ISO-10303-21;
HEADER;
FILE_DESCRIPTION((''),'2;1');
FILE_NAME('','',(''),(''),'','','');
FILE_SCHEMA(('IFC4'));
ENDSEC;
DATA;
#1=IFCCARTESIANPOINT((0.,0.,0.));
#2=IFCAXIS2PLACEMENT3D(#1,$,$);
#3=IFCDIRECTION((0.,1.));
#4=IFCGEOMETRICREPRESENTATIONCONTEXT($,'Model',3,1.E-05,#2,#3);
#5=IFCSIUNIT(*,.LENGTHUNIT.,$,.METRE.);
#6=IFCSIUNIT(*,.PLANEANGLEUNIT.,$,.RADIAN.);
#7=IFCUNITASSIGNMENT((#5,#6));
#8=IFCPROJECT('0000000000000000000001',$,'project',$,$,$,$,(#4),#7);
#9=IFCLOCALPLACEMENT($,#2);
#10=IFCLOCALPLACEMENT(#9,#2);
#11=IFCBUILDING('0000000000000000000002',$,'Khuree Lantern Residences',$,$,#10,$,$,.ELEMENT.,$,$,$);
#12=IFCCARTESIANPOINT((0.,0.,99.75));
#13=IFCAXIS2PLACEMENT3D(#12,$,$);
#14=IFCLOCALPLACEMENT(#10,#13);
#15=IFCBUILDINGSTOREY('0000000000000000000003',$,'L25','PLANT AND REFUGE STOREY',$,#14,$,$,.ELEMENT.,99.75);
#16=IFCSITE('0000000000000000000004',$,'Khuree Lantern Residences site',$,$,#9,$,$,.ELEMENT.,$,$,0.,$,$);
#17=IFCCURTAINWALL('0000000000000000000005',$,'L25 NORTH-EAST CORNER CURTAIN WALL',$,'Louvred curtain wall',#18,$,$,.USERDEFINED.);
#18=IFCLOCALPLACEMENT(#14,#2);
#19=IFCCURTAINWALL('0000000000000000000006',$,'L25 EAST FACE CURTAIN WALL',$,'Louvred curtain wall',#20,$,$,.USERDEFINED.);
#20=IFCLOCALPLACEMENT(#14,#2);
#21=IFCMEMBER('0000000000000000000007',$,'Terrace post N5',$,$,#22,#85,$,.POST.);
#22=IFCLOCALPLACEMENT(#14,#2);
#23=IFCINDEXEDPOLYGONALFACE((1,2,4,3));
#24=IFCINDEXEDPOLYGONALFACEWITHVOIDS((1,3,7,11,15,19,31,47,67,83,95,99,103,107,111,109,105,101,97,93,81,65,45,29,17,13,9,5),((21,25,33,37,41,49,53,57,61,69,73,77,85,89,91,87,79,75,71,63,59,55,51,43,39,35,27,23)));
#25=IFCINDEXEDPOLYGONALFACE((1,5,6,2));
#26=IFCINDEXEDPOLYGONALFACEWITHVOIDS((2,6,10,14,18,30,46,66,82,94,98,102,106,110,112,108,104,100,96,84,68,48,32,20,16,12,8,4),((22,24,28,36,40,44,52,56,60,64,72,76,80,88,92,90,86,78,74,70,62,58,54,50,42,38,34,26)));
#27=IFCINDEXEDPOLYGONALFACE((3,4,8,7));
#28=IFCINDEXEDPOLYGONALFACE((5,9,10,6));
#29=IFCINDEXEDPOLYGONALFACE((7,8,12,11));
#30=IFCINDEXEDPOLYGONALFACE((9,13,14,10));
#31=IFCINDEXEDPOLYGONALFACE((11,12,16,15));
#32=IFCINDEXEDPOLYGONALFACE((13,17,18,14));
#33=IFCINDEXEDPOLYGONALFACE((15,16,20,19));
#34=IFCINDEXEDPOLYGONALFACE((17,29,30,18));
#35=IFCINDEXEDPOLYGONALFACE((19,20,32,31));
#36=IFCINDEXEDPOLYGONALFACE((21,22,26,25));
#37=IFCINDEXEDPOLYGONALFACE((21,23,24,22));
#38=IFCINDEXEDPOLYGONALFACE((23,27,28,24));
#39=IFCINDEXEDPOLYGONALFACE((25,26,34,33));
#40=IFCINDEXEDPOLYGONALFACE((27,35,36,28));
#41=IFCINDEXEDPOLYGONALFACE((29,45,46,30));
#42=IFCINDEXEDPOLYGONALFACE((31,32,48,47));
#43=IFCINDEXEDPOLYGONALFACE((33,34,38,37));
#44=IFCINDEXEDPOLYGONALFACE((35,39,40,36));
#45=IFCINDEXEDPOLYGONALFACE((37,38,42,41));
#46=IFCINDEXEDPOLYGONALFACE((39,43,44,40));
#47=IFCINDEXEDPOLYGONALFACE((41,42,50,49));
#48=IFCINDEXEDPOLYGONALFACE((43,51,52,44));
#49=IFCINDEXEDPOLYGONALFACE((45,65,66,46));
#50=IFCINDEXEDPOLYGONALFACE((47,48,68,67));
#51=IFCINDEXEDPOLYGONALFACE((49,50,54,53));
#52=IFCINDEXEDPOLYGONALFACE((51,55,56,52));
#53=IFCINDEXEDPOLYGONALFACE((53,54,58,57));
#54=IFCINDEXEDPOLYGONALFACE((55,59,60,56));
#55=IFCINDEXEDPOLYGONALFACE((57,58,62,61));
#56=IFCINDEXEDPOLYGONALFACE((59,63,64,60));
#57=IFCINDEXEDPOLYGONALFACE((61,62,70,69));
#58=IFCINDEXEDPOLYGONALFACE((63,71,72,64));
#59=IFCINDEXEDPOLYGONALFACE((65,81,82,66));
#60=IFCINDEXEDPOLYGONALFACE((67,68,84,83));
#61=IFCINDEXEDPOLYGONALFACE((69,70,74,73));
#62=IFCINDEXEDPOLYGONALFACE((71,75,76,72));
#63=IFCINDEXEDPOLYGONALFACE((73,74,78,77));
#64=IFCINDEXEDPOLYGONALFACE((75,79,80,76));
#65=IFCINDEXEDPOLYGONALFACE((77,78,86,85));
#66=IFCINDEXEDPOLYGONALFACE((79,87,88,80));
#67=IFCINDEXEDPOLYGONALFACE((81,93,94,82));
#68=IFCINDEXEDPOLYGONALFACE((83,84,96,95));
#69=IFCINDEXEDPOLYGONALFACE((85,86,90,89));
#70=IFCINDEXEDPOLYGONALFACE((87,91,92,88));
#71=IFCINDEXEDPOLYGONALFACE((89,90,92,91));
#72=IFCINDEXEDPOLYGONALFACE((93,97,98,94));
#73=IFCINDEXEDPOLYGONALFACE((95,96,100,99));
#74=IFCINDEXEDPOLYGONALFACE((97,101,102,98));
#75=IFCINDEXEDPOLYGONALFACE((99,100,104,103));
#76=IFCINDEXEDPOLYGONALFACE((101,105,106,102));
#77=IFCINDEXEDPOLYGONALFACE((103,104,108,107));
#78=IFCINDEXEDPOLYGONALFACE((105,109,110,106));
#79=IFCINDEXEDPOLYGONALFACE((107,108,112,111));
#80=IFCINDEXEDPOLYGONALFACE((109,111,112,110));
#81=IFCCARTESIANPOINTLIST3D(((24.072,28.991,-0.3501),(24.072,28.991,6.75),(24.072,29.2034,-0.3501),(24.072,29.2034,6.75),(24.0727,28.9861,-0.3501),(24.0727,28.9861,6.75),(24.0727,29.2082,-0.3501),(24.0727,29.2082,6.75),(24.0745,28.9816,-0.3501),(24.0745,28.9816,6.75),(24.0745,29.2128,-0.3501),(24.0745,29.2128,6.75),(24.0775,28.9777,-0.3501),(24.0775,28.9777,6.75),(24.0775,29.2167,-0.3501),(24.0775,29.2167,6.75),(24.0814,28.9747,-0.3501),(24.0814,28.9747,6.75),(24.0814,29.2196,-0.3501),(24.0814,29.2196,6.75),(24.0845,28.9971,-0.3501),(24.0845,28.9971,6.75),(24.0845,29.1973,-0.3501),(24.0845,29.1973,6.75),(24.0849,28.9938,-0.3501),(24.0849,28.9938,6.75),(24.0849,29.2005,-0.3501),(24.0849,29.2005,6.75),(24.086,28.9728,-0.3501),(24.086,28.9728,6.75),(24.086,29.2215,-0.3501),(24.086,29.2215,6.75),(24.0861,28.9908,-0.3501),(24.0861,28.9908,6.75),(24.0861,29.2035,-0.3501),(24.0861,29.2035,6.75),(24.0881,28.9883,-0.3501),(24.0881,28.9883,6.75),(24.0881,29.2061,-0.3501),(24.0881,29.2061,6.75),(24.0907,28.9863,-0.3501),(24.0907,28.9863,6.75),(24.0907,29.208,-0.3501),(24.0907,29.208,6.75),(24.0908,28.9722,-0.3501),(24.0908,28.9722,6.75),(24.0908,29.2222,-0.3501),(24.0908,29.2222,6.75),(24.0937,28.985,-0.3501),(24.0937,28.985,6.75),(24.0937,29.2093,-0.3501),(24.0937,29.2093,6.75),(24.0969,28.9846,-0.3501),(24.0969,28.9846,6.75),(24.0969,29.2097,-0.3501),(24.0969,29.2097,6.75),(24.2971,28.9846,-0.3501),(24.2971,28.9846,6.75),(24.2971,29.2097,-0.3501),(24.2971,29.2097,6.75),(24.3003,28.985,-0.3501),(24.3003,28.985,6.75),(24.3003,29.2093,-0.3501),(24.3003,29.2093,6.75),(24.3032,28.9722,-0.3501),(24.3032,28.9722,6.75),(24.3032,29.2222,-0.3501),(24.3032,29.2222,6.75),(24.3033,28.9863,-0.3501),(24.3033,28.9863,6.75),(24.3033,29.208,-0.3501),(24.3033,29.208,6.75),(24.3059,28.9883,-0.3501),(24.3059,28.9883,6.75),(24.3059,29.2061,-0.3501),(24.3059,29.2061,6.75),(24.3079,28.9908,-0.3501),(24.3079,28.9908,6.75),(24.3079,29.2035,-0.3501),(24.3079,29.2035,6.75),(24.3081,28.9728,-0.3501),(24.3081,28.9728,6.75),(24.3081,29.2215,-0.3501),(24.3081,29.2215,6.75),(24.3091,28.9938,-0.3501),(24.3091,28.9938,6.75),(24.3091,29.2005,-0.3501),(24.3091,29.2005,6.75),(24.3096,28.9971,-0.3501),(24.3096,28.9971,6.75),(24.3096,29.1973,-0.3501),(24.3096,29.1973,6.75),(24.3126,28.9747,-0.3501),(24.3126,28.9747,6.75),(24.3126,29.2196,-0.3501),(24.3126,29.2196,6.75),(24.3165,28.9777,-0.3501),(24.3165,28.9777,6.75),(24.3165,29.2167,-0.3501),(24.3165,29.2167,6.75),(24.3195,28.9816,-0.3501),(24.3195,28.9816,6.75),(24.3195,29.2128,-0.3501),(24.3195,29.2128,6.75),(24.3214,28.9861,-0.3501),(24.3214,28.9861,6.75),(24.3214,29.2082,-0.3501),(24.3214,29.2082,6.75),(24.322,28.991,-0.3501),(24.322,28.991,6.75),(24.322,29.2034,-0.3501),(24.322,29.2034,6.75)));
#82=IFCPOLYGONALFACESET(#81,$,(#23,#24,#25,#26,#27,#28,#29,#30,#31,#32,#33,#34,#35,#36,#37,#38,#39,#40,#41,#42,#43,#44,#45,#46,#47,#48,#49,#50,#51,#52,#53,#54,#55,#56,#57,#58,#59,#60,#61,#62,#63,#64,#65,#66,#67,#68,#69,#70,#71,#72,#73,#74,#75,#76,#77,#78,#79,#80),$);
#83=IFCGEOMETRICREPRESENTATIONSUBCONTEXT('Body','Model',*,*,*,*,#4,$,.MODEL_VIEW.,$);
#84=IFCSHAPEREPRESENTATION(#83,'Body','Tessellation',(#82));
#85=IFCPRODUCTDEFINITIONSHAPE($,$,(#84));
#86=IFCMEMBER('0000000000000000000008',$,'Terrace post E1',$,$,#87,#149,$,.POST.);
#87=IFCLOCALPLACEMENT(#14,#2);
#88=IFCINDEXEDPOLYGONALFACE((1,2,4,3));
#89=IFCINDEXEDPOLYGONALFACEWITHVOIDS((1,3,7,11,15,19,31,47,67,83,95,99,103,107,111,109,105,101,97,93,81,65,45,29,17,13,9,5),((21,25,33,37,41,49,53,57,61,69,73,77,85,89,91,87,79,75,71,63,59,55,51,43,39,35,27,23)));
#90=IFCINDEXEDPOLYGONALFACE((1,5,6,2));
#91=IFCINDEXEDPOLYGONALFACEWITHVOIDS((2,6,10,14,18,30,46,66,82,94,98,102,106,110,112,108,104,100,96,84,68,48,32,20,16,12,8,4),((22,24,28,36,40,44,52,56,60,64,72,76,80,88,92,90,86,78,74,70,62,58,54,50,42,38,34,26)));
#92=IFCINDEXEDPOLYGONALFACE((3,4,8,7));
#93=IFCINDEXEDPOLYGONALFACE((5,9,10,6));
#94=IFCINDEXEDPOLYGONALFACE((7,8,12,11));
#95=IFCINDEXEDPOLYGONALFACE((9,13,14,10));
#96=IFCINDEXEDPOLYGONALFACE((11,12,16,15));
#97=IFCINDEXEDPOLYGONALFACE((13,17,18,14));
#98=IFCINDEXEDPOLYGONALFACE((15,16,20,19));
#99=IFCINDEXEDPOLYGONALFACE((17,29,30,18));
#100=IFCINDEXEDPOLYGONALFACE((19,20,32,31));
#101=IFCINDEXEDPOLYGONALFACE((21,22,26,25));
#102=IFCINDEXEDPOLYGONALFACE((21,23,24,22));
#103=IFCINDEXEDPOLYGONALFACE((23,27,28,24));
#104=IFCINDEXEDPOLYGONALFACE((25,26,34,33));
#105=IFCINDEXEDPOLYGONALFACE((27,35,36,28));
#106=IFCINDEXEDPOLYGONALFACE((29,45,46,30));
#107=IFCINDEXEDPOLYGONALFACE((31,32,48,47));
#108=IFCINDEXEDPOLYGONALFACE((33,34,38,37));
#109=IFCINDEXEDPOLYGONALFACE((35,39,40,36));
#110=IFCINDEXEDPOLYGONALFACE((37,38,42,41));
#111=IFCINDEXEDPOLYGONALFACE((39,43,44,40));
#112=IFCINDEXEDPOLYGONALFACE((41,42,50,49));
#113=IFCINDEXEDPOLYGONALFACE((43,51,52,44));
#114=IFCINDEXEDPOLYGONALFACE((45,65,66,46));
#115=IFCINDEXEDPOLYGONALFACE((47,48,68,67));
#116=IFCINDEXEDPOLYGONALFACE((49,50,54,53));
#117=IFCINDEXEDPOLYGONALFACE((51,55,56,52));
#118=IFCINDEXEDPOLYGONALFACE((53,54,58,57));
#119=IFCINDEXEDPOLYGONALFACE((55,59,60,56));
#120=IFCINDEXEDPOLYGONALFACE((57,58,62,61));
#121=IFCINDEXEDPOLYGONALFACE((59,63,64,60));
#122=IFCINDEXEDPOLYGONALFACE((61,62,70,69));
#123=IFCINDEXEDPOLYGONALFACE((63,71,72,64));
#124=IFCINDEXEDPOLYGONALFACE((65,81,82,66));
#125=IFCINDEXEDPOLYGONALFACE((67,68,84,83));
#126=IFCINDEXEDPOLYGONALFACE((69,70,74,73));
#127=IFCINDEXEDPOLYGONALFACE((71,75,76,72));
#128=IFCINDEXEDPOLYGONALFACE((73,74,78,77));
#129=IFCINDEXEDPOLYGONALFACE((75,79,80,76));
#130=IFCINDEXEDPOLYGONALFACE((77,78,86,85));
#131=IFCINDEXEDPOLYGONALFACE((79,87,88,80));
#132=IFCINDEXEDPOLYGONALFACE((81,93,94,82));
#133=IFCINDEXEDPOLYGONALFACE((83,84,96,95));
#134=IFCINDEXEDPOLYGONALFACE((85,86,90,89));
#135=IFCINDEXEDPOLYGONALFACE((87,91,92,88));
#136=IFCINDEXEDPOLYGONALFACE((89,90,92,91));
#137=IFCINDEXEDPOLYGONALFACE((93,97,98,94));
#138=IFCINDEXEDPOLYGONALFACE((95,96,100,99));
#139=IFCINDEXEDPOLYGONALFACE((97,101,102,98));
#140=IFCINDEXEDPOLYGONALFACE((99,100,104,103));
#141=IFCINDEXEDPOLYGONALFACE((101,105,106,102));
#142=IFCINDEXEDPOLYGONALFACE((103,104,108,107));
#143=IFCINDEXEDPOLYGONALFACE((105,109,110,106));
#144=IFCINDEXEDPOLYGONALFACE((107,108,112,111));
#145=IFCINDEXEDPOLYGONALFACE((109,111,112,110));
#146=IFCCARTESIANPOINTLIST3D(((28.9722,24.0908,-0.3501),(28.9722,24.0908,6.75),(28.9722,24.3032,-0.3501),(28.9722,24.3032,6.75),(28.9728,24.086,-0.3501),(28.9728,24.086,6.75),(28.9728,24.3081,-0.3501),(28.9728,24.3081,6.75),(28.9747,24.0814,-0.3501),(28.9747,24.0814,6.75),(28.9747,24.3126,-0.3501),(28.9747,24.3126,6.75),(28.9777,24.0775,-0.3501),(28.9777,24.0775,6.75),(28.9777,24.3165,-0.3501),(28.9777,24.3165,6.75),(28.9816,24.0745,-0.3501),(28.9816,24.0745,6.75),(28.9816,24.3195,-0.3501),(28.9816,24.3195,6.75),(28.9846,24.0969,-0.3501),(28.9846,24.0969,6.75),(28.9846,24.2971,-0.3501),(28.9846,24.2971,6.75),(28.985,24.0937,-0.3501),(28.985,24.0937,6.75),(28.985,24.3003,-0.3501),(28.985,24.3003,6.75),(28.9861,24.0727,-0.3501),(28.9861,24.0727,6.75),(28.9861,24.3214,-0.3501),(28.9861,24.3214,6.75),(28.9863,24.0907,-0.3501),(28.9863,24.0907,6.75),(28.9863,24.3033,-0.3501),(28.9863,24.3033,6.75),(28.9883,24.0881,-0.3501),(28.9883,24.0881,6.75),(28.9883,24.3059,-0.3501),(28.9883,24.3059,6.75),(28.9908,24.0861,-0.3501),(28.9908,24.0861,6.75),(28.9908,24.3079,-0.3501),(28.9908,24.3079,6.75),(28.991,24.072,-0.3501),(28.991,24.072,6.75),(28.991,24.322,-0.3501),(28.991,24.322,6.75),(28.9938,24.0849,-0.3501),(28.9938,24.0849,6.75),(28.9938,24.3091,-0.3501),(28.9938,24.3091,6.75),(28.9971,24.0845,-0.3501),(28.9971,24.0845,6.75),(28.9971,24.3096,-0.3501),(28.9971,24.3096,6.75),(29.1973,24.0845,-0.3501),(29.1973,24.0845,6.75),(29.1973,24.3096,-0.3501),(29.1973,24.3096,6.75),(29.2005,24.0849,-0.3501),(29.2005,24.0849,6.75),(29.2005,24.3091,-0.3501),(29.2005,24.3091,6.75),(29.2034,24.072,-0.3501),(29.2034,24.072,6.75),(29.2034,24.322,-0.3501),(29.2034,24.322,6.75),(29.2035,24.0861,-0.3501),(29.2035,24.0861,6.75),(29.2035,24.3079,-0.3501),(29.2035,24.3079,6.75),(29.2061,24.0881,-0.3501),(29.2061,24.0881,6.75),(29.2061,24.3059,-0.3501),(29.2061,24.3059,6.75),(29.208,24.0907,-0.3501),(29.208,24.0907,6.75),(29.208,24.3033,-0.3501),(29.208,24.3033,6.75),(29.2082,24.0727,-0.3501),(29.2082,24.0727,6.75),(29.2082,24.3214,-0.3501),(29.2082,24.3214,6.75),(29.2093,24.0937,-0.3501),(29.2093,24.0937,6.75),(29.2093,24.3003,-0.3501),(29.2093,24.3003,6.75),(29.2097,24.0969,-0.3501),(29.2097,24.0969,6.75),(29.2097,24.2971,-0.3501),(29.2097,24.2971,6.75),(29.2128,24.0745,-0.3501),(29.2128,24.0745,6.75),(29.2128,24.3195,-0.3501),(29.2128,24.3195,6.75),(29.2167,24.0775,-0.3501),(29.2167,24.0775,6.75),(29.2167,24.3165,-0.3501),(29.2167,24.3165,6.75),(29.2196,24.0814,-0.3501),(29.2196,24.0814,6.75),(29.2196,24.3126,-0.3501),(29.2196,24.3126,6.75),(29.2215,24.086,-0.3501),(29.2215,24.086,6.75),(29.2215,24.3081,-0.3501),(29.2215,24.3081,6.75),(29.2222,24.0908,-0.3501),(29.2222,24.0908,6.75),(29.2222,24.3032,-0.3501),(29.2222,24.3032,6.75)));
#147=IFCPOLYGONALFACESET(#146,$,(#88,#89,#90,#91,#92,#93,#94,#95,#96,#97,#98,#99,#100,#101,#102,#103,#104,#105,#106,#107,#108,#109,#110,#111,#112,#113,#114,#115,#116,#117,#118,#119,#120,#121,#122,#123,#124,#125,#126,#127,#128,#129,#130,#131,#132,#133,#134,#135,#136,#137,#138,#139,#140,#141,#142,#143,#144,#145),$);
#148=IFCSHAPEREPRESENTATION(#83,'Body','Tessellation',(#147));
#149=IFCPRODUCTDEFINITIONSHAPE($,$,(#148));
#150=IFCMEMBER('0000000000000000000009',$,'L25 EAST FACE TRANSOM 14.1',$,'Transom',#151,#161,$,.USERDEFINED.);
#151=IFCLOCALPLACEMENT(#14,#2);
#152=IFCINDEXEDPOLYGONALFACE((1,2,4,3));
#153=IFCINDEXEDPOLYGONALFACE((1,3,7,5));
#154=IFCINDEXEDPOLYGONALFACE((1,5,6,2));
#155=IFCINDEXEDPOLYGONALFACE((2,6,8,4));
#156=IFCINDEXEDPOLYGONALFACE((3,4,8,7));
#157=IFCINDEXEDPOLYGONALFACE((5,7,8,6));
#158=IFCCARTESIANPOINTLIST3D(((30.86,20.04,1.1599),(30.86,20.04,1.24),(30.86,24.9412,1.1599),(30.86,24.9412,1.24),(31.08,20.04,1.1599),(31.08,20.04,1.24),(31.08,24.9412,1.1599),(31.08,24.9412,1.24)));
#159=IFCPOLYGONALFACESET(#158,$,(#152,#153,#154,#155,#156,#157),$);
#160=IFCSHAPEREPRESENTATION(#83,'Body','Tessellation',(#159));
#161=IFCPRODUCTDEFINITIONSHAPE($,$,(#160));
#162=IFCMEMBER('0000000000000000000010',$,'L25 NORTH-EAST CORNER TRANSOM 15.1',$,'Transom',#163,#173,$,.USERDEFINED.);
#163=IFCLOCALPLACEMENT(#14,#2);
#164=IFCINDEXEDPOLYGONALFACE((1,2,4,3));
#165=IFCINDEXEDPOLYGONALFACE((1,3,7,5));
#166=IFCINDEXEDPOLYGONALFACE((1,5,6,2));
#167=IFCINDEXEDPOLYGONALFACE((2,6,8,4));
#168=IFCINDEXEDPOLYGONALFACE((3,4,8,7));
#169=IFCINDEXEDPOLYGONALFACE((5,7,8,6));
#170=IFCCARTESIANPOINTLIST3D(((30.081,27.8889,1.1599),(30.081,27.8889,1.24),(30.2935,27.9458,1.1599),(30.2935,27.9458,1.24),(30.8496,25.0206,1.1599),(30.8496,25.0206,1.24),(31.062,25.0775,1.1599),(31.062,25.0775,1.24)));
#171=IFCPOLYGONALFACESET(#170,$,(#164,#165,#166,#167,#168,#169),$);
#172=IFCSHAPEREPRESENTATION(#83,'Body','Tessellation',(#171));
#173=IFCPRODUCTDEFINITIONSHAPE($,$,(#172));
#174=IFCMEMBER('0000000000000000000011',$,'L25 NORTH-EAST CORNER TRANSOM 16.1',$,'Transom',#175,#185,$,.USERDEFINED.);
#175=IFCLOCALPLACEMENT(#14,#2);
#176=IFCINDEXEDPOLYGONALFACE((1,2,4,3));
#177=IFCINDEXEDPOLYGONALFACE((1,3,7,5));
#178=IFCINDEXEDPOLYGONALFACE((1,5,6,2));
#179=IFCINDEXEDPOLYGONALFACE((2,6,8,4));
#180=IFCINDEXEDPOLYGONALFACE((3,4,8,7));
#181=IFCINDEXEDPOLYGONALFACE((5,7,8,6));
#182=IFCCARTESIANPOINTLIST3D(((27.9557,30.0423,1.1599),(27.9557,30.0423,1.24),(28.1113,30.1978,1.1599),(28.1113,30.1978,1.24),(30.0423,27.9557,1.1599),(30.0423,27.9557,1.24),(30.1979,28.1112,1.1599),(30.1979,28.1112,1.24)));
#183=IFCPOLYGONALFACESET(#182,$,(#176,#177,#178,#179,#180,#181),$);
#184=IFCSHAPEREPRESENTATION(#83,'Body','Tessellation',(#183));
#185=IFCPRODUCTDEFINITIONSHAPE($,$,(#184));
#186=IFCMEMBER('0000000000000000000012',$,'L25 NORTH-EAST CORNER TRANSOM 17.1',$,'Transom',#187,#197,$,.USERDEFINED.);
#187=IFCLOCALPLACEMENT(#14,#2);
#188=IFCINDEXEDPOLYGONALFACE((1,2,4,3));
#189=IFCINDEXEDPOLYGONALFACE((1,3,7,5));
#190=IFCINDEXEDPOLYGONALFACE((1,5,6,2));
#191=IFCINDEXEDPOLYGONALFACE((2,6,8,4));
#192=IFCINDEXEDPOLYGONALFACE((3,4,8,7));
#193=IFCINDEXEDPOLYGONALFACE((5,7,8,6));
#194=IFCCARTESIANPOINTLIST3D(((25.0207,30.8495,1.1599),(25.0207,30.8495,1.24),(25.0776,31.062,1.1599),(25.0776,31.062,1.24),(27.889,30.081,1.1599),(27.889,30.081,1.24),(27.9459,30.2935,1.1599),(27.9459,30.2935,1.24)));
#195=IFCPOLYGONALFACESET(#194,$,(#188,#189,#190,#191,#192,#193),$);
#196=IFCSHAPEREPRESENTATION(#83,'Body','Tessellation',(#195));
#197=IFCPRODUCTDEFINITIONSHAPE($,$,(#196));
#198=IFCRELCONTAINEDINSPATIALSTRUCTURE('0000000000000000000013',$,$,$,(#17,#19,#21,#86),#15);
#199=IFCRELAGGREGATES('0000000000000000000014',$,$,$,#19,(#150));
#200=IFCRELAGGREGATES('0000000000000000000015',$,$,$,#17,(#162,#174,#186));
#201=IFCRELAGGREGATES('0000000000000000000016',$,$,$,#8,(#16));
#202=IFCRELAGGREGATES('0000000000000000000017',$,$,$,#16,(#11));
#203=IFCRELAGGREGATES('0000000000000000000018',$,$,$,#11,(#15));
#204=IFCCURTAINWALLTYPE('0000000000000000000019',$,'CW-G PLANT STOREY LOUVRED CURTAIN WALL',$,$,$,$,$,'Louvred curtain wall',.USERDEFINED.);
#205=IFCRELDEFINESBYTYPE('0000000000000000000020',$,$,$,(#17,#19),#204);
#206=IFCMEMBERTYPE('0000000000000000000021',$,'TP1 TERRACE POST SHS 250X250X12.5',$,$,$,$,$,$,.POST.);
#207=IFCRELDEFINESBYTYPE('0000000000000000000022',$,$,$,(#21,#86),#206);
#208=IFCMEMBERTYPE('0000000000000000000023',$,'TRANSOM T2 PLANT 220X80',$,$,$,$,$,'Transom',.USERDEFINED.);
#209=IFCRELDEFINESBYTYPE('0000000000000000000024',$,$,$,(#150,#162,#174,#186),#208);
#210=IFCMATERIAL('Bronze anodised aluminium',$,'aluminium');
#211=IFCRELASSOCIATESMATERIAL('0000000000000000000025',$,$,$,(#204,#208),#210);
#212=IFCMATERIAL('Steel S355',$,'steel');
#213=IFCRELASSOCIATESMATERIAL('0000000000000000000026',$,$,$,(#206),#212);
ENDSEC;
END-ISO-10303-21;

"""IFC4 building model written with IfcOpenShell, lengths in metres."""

from ifc_helpers import new_model, si_unit, direction, frame, origin, origin_2d, place, context, subcontext, project, spatial, rectangle, hollow_rectangle, extrude, material, material_profile, profile_set, type_object, element, aggregate, save


model = new_model("IFC4")

# Units and contexts
model_context = context("Model", 3, precision=1e-05, world=origin(), true_north=direction((0.0, 1.0)))
body_context = subcontext(model_context, "Body", "Model", "MODEL_VIEW")
ifc_project = project(units=[si_unit("LENGTHUNIT", "METRE"), si_unit("PLANEANGLEUNIT", "RADIAN")], contexts=[model_context])

# Site, building, storey
site_placement = place(None, origin())
site = spatial("IfcSite", under=ifc_project, at=site_placement, Name="Khuree Lantern Residences site", CompositionType="ELEMENT", RefElevation=0.0)
building_placement = place(site_placement, origin())
building = spatial("IfcBuilding", under=site, at=building_placement, Name="Khuree Lantern Residences", CompositionType="ELEMENT")
storey_placement = place(building_placement, frame((0.0, 0.0, 99.75)))
storey = spatial("IfcBuildingStorey", under=building, at=storey_placement, Name="L25", Description="PLANT AND REFUGE STOREY", CompositionType="ELEMENT", Elevation=99.75)

# Shared definitions
ifc_material_1 = material(Name="Steel S355", Category="steel")

# Curtain wall
ifc_material_2 = material(Name="Bronze anodised aluminium", Category="aluminium")
curtain_wall_type = type_object("IfcCurtainWallType", Name="CW-G PLANT STOREY LOUVRED CURTAIN WALL", ElementType="Louvred curtain wall", PredefinedType="USERDEFINED", material=ifc_material_2)
curtain_wall_1_placement = place(storey_placement, origin())
curtain_wall_1 = element("IfcCurtainWall", 1, at=curtain_wall_1_placement, inside=storey, type_object=curtain_wall_type, Name="L25 NORTH-EAST CORNER CURTAIN WALL", ObjectType="Louvred curtain wall", PredefinedType="USERDEFINED")

# Curtain wall
curtain_wall_2_placement = place(storey_placement, origin())
curtain_wall_2 = element("IfcCurtainWall", 2, at=curtain_wall_2_placement, inside=storey, type_object=curtain_wall_type, Name="L25 EAST FACE CURTAIN WALL", ObjectType="Louvred curtain wall", PredefinedType="USERDEFINED")

# Members
ifc_material_profile_1 = material_profile(ifc_material_1, hollow_rectangle(XDim=0.25, YDim=0.25, WallThickness=0.0125, InnerFilletRadius=0.0125, OuterFilletRadius=0.0188, at=origin_2d()), Name="SHS 250X250X12.5")
ifc_profile_set_1 = profile_set([ifc_material_profile_1], Name="Steel S355")
member_type_1 = type_object("IfcMemberType", Name="TP1 TERRACE POST SHS 250X250X12.5", PredefinedType="POST", material=ifc_profile_set_1)
for number, where, z_axis, x_axis, name in (
    (3, (24.197, 29.0972, -0.3501), (0.0, 0.0, 1.0), (1.0, 0.0, 0.0), "Terrace post N5"),
    (4, (29.0972, 24.197, -0.3501), (0.0, 0.0, 1.0), (1.0, 0.0, 0.0), "Terrace post E1"),
):
    element("IfcMember", number, at=place(storey_placement, frame(where, z_axis=z_axis, x_axis=x_axis)), inside=storey, type_object=member_type_1, Name=name, PredefinedType="POST", context=body_context, shape_type="SweptSolid", body=[
        extrude(hollow_rectangle(XDim=0.25, YDim=0.25, WallThickness=0.0125, InnerFilletRadius=0.0125, OuterFilletRadius=0.0188, at=origin_2d()), origin(), (0.0, 0.0, 1.0), 7.1001),
    ])

# Members
ifc_material_profile_2 = material_profile(ifc_material_2, rectangle(XDim=0.22, YDim=0.0801, at=origin_2d()), Name="T2 220X80")
ifc_profile_set_2 = profile_set([ifc_material_profile_2], Name="Bronze anodised aluminium")
member_type_2 = type_object("IfcMemberType", Name="TRANSOM T2 PLANT 220X80", ElementType="Transom", PredefinedType="USERDEFINED", material=ifc_profile_set_2)
member_1_placement = place(storey_placement, frame((30.97, 20.04, 1.2), z_axis=(0.0, 1.0, 0.0), x_axis=(-1.0, 0.0, 0.0)))
member_1 = element("IfcMember", 5, at=member_1_placement, type_object=member_type_2, Name="L25 EAST FACE TRANSOM 14.1", ObjectType="Transom", PredefinedType="USERDEFINED", context=body_context, shape_type="SweptSolid", body=[
    extrude(rectangle(XDim=0.22, YDim=0.0801, at=origin_2d()), origin(), (0.0, 0.0, 1.0), 4.9011),
])
member_2_placement = place(storey_placement, frame((30.9558, 25.0491, 1.2), z_axis=(-0.258809, 0.965929, 0.0), x_axis=(-0.965929, -0.258809, 0.0)))
member_2 = element("IfcMember", 6, at=member_2_placement, type_object=member_type_2, Name="L25 NORTH-EAST CORNER TRANSOM 15.1", ObjectType="Transom", PredefinedType="USERDEFINED", context=body_context, shape_type="SweptSolid", body=[
    extrude(rectangle(XDim=0.22, YDim=0.0801, at=origin_2d()), origin(), (0.0, 0.0, 1.0), 2.9695),
])
member_3_placement = place(storey_placement, frame((30.1201, 28.0334, 1.2), z_axis=(-0.707107, 0.707107, 0.0), x_axis=(-0.707107, -0.707107, 0.0)))
member_3 = element("IfcMember", 7, at=member_3_placement, type_object=member_type_2, Name="L25 NORTH-EAST CORNER TRANSOM 16.1", ObjectType="Transom", PredefinedType="USERDEFINED", context=body_context, shape_type="SweptSolid", body=[
    extrude(rectangle(XDim=0.22, YDim=0.0801, at=origin_2d()), origin(), (0.0, 0.0, 1.0), 2.9509),
])
member_4_placement = place(storey_placement, frame((27.9175, 30.1873, 1.2), z_axis=(-0.965929, 0.258809, 0.0), x_axis=(-0.258809, -0.965929, 0.0)))
member_4 = element("IfcMember", 8, at=member_4_placement, type_object=member_type_2, Name="L25 NORTH-EAST CORNER TRANSOM 17.1", ObjectType="Transom", PredefinedType="USERDEFINED", context=body_context, shape_type="SweptSolid", body=[
    extrude(rectangle(XDim=0.22, YDim=0.0801, at=origin_2d()), origin(), (0.0, 0.0, 1.0), 2.9695),
])

aggregate(curtain_wall_2, [member_1])
aggregate(curtain_wall_1, [member_2, member_3, member_4])

save(model, "model.ifc")
